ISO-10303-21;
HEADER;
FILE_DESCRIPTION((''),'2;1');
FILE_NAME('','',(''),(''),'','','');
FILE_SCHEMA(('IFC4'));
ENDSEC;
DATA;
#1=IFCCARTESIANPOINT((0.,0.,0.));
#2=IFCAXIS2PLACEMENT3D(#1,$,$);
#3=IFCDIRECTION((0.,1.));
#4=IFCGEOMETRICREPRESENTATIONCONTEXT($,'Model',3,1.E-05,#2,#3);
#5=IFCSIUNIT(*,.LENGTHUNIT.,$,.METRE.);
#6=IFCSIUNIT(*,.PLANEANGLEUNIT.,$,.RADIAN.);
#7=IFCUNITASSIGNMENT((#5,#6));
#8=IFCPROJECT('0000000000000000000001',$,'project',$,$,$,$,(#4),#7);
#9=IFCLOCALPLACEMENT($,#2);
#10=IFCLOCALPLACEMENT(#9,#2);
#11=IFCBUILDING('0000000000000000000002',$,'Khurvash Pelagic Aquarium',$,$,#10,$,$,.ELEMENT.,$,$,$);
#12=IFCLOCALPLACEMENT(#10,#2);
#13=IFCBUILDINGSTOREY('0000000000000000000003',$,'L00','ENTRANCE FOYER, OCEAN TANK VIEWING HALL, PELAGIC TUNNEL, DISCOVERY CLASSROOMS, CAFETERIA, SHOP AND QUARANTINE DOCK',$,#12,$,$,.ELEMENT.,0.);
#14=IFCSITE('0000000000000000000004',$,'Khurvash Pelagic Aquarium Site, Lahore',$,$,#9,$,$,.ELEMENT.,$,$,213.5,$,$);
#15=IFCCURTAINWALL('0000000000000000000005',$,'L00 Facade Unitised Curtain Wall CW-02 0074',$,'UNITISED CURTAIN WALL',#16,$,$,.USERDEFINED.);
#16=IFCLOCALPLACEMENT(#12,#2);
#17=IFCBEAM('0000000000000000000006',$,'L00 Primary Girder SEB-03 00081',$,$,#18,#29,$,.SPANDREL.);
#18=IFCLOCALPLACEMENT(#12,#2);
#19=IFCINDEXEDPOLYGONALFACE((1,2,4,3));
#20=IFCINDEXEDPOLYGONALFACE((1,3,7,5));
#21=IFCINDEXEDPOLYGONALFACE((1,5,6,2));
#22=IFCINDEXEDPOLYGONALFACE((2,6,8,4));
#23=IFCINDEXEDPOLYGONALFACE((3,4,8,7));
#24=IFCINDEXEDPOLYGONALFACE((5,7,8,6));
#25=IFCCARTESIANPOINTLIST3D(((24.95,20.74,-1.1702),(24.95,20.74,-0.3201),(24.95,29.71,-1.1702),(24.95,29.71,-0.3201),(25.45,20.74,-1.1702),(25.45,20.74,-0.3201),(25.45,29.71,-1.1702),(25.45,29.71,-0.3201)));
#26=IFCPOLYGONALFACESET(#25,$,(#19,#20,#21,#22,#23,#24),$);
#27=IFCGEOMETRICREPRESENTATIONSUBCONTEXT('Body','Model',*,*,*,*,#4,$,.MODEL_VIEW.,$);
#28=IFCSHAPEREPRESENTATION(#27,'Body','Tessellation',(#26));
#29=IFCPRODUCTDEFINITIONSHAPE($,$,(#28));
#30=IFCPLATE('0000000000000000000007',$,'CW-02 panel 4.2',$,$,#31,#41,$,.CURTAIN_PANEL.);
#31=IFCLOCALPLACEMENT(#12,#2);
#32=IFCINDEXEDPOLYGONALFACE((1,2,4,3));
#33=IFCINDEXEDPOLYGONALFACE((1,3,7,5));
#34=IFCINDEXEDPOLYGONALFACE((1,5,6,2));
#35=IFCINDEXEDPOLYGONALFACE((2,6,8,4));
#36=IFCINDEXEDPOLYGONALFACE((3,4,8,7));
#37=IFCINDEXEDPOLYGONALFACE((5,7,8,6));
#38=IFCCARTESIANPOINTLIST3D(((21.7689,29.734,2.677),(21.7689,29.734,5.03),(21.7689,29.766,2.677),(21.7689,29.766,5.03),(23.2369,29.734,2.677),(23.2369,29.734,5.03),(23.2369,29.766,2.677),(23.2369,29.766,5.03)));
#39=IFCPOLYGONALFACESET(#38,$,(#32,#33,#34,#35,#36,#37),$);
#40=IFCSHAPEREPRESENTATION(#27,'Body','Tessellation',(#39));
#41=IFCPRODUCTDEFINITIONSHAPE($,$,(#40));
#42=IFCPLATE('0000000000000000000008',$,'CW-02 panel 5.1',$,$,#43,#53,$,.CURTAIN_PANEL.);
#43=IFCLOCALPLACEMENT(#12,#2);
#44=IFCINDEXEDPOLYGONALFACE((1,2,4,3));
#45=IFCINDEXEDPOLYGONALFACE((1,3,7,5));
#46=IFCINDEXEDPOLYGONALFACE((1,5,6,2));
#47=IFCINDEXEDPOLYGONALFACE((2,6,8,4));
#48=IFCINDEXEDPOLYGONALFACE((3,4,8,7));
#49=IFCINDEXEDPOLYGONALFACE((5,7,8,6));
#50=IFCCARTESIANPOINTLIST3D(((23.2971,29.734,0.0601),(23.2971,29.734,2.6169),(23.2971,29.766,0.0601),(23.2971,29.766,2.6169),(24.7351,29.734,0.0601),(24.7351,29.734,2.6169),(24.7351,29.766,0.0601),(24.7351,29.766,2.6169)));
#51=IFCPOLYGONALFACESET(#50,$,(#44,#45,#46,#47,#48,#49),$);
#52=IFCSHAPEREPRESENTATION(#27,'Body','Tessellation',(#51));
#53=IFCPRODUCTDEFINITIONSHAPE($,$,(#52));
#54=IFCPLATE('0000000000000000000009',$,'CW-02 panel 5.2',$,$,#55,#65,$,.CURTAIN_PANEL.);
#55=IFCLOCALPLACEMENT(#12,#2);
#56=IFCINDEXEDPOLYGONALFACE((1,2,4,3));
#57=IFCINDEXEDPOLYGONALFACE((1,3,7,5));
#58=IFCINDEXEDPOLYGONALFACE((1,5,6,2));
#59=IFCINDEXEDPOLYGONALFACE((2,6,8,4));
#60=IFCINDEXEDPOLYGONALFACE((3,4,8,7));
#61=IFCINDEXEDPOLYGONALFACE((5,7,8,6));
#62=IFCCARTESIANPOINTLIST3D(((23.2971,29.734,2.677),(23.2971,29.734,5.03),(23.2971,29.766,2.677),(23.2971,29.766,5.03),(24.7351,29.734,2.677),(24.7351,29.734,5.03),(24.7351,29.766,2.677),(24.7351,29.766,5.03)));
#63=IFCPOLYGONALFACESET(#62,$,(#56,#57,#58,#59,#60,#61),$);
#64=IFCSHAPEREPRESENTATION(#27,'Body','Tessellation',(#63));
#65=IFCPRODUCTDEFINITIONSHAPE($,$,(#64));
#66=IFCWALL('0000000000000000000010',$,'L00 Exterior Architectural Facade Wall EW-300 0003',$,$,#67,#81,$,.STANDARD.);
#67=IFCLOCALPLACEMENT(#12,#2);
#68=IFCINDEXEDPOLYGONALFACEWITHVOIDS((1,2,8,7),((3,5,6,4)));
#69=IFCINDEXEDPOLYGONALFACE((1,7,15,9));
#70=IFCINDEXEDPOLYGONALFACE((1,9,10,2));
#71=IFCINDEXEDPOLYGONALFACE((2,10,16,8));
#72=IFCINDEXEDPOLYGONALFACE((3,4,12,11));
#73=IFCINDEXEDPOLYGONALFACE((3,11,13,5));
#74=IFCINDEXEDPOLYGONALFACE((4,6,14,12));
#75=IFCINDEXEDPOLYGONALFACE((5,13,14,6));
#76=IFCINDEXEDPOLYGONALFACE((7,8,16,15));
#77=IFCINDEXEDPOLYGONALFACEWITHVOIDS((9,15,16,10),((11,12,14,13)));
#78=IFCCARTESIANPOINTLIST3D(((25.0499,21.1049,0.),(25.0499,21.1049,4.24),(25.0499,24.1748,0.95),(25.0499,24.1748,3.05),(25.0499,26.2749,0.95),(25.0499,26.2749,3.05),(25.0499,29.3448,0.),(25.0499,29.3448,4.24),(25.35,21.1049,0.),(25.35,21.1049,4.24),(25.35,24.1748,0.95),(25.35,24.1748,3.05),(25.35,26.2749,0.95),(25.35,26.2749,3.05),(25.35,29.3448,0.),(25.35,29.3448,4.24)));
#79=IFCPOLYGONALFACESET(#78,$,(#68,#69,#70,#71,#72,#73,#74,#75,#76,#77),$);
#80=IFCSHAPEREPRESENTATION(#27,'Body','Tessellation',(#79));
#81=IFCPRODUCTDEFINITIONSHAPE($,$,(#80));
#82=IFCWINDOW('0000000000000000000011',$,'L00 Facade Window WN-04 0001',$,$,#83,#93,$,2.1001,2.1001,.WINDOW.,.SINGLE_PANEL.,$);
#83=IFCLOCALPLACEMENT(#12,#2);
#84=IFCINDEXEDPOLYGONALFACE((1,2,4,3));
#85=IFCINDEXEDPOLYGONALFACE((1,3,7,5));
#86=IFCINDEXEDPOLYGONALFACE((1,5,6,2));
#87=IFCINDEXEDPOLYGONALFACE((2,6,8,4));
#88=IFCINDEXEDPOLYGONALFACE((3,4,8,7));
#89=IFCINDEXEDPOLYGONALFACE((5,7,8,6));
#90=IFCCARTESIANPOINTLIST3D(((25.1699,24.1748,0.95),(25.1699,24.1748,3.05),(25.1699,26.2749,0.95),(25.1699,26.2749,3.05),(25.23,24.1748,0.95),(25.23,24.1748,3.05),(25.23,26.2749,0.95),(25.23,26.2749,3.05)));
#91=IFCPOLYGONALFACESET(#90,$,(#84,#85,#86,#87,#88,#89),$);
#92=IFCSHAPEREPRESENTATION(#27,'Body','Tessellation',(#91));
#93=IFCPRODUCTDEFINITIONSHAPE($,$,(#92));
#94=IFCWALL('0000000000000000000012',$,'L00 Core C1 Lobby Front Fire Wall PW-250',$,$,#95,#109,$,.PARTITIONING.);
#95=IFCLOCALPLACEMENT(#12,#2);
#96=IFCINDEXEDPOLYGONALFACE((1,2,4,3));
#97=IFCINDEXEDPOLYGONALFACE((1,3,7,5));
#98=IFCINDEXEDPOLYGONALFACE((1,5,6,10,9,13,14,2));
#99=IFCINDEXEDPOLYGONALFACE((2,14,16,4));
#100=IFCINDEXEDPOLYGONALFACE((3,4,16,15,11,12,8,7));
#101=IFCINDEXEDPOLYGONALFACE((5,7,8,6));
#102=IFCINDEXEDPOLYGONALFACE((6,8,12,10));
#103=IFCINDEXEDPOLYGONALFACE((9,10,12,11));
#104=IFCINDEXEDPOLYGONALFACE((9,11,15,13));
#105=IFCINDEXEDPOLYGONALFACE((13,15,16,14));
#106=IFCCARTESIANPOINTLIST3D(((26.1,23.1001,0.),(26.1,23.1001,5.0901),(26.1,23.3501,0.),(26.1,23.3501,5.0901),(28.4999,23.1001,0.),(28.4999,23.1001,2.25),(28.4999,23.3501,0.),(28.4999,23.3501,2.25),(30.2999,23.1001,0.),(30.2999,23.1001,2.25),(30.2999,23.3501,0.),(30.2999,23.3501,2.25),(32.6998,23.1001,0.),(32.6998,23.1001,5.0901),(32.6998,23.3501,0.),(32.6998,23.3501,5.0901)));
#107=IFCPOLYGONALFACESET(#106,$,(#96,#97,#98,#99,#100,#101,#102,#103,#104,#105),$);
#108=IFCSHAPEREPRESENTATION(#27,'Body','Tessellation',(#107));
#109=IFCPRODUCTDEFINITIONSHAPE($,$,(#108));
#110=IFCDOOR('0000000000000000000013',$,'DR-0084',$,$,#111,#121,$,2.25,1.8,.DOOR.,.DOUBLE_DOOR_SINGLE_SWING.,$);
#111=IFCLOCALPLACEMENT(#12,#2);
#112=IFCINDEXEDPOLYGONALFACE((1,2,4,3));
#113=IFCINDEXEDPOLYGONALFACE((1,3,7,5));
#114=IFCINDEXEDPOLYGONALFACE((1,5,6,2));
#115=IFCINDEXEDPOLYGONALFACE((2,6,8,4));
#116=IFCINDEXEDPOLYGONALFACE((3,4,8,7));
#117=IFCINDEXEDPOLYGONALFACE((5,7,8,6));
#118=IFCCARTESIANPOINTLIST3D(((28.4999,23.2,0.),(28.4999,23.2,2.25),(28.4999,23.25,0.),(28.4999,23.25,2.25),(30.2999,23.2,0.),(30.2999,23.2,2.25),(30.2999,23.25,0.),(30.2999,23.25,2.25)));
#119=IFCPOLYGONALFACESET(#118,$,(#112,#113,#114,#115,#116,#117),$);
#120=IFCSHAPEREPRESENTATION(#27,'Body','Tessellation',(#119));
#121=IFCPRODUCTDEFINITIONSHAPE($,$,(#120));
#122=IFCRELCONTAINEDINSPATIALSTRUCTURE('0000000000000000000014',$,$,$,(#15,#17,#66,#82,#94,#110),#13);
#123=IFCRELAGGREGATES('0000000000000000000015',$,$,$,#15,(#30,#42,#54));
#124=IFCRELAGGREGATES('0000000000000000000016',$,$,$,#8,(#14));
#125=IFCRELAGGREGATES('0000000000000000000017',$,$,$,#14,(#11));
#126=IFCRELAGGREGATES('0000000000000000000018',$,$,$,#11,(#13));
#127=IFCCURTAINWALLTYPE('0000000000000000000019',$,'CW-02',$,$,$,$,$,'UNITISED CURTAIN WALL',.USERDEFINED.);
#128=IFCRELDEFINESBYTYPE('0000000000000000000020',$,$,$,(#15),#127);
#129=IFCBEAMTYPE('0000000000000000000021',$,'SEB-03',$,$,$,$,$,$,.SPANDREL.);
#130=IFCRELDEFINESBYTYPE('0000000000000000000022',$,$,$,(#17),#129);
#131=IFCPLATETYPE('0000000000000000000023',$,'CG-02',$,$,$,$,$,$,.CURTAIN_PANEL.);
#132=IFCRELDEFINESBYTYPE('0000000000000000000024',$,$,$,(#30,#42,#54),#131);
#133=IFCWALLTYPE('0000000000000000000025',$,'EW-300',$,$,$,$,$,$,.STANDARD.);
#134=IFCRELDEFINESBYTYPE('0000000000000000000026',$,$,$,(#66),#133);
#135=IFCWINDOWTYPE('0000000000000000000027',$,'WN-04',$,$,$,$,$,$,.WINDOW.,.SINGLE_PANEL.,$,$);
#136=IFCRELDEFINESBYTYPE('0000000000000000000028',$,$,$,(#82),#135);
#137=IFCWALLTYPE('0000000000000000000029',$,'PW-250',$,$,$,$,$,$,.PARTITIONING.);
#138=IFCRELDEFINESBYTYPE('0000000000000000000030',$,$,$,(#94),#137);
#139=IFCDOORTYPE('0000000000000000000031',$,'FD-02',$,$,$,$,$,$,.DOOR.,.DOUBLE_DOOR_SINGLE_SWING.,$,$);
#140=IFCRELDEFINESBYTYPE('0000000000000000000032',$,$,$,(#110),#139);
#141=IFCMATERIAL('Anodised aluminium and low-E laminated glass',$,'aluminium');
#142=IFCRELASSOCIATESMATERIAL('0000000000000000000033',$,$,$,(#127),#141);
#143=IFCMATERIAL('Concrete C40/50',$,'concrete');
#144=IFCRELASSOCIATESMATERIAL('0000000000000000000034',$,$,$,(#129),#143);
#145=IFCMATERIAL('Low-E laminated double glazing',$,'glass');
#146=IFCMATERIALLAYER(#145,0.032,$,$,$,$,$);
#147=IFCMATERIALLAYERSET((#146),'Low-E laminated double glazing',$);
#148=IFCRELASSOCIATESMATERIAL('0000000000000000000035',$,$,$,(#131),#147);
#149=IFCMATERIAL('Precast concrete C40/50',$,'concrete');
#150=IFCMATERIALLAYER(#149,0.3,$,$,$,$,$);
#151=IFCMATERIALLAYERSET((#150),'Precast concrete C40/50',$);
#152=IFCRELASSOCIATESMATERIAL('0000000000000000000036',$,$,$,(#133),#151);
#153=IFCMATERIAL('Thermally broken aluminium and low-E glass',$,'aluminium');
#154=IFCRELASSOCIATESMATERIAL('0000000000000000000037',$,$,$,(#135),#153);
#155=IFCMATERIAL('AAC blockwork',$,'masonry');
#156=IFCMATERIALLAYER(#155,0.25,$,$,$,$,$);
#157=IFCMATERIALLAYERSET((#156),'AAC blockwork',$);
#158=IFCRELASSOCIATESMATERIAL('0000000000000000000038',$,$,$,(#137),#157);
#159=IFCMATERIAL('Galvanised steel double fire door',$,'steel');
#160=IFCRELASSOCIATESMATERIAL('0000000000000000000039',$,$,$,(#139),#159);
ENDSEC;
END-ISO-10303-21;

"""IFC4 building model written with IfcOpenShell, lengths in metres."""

from ifc_helpers import new_model, si_unit, direction, frame, frame_2d, origin, origin_2d, place, context, subcontext, project, spatial, rectangle, extrude, material, layer, layer_set, material_profile, profile_set, type_object, element, fill, aggregate, save


model = new_model("IFC4")

# Units and contexts
model_context = context("Model", 3, precision=1e-05, world=origin(), true_north=direction((0.0, 1.0)))
body_context = subcontext(model_context, "Body", "Model", "MODEL_VIEW")
ifc_project = project(units=[si_unit("LENGTHUNIT", "METRE"), si_unit("PLANEANGLEUNIT", "RADIAN")], contexts=[model_context])

# Site, building, storey
site_placement = place(None, origin())
site = spatial("IfcSite", under=ifc_project, at=site_placement, Name="Khurvash Pelagic Aquarium Site, Lahore", CompositionType="ELEMENT", RefElevation=213.5)
building_placement = place(site_placement, origin())
building = spatial("IfcBuilding", under=site, at=building_placement, Name="Khurvash Pelagic Aquarium", CompositionType="ELEMENT")
storey_placement = place(building_placement, origin())
storey = spatial("IfcBuildingStorey", under=building, at=storey_placement, Name="L00", Description="ENTRANCE FOYER, OCEAN TANK VIEWING HALL, PELAGIC TUNNEL, DISCOVERY CLASSROOMS, CAFETERIA, SHOP AND QUARANTINE DOCK", CompositionType="ELEMENT", Elevation=0.0)

# Shared definitions
ifc_material_1 = material(Name="Concrete C40/50", Category="concrete")

# Curtain wall
ifc_material_2 = material(Name="Anodised aluminium and low-E laminated glass", Category="aluminium")
curtain_wall_type = type_object("IfcCurtainWallType", Name="CW-02", ElementType="UNITISED CURTAIN WALL", PredefinedType="USERDEFINED", material=ifc_material_2)
curtain_wall_placement = place(storey_placement, origin())
curtain_wall = element("IfcCurtainWall", 1, at=curtain_wall_placement, inside=storey, type_object=curtain_wall_type, Name="L00 Facade Unitised Curtain Wall CW-02 0074", ObjectType="UNITISED CURTAIN WALL", PredefinedType="USERDEFINED")

# Beam
ifc_material_profile_1 = material_profile(ifc_material_1, rectangle(XDim=0.5, YDim=0.8501, at=origin_2d()), Name="RC500X850")
ifc_profile_set_1 = profile_set([ifc_material_profile_1], Name="Concrete C40/50")
beam_type_1 = type_object("IfcBeamType", Name="SEB-03", PredefinedType="SPANDREL", material=ifc_profile_set_1)
beam_1_placement = place(storey_placement, frame((25.2, 20.74, -0.7451), z_axis=(0.0, 1.0, 0.0), x_axis=(-1.0, 0.0, 0.0)))
element("IfcBeam", 2, at=beam_1_placement, inside=storey, type_object=beam_type_1, Name="L00 Primary Girder SEB-03 00081", PredefinedType="SPANDREL", context=body_context, shape_type="SweptSolid", body=[
    extrude(rectangle(XDim=0.5, YDim=0.8501, at=origin_2d()), origin(), (0.0, 0.0, 1.0), 8.97),
])

# Plates
ifc_material_3 = material(Name="Low-E laminated double glazing", Category="glass")
ifc_layer_1 = layer(ifc_material_3, 0.032)
ifc_layer_set_1 = layer_set([ifc_layer_1], Name="Low-E laminated double glazing")
plate_type = type_object("IfcPlateType", Name="CG-02", PredefinedType="CURTAIN_PANEL", material=ifc_layer_set_1)
plate_1_placement = place(storey_placement, frame((22.5029, 29.75, 2.677), z_axis=(0.0, 0.0, 1.0), x_axis=(1.0, 0.0, 0.0)))
plate_1 = element("IfcPlate", 3, at=plate_1_placement, type_object=plate_type, Name="CW-02 panel 4.2", PredefinedType="CURTAIN_PANEL", context=body_context, shape_type="SweptSolid", body=[
    extrude(rectangle(XDim=1.468, YDim=0.032, at=origin_2d()), origin(), (0.0, 0.0, 1.0), 2.353),
])
plate_2_placement = place(storey_placement, frame((24.0161, 29.75, 0.0601), z_axis=(0.0, 0.0, 1.0), x_axis=(1.0, 0.0, 0.0)))
plate_2 = element("IfcPlate", 4, at=plate_2_placement, type_object=plate_type, Name="CW-02 panel 5.1", PredefinedType="CURTAIN_PANEL", context=body_context, shape_type="SweptSolid", body=[
    extrude(rectangle(XDim=1.438, YDim=0.032, at=origin_2d()), origin(), (0.0, 0.0, 1.0), 2.5569),
])
plate_3_placement = place(storey_placement, frame((24.0161, 29.75, 2.677), z_axis=(0.0, 0.0, 1.0), x_axis=(1.0, 0.0, 0.0)))
plate_3 = element("IfcPlate", 5, at=plate_3_placement, type_object=plate_type, Name="CW-02 panel 5.2", PredefinedType="CURTAIN_PANEL", context=body_context, shape_type="SweptSolid", body=[
    extrude(rectangle(XDim=1.438, YDim=0.032, at=origin_2d()), origin(), (0.0, 0.0, 1.0), 2.353),
])
aggregate(curtain_wall, [plate_1, plate_2, plate_3])

# Wall, opening, window
ifc_material_4 = material(Name="Precast concrete C40/50", Category="concrete")
ifc_layer_2 = layer(ifc_material_4, 0.3)
ifc_layer_set_2 = layer_set([ifc_layer_2], Name="Precast concrete C40/50")
wall_type_1 = type_object("IfcWallType", Name="EW-300", PredefinedType="STANDARD", material=ifc_layer_set_2)
wall_1_placement = place(storey_placement, frame((25.2, 29.345, 0.0), z_axis=(0.0, 0.0, 1.0), x_axis=(0.0, -1.0, 0.0)))
wall_1 = element("IfcWall", 6, at=wall_1_placement, inside=storey, type_object=wall_type_1, Name="L00 Exterior Architectural Facade Wall EW-300 0003", PredefinedType="STANDARD", context=body_context, shape_type="SweptSolid", body=[
    extrude(rectangle(XDim=8.24, YDim=0.3, at=frame_2d((4.1201, 0.0))), origin(), (0.0, 0.0, 1.0), 4.24),
])
opening_1_placement = place(wall_1_placement, frame((3.0701, 0.0, 0.95)))
opening_1 = element("IfcOpeningElement", 7, at=opening_1_placement, cuts=wall_1, PredefinedType="OPENING", context=body_context, shape_type="SweptSolid", body=[
    extrude(rectangle(XDim=2.1001, YDim=2.1001, at=frame_2d((1.05, 1.05))), frame((0.0, 0.1602, 0.0), z_axis=(0.0, -1.0, 0.0), x_axis=(1.0, 0.0, 0.0)), (0.0, 0.0, 1.0), 0.3201),
])
ifc_material_5 = material(Name="Thermally broken aluminium and low-E glass", Category="aluminium")
window_type = type_object("IfcWindowType", Name="WN-04", PartitioningType="SINGLE_PANEL", PredefinedType="WINDOW", material=ifc_material_5)
window_placement = place(opening_1_placement, origin())
window = element("IfcWindow", 8, at=window_placement, inside=storey, type_object=window_type, Name="L00 Facade Window WN-04 0001", OverallHeight=2.1001, OverallWidth=2.1001, PartitioningType="SINGLE_PANEL", PredefinedType="WINDOW", context=body_context, shape_type="SweptSolid", body=[
    extrude(rectangle(XDim=2.1001, YDim=2.1001, at=frame_2d((1.05, 1.05))), frame((0.0, 0.03, 0.0), z_axis=(0.0, -1.0, 0.0), x_axis=(1.0, 0.0, 0.0)), (0.0, 0.0, 1.0), 0.0601),
])
fill(opening_1, window)

# Wall, opening, door
ifc_material_6 = material(Name="AAC blockwork", Category="masonry")
ifc_layer_3 = layer(ifc_material_6, 0.25)
ifc_layer_set_3 = layer_set([ifc_layer_3], Name="AAC blockwork")
wall_type_2 = type_object("IfcWallType", Name="PW-250", PredefinedType="PARTITIONING", material=ifc_layer_set_3)
wall_2_placement = place(storey_placement, frame((26.1001, 23.2251, 0.0), z_axis=(0.0, 0.0, 1.0), x_axis=(1.0, 0.0, 0.0)))
wall_2 = element("IfcWall", 9, at=wall_2_placement, inside=storey, type_object=wall_type_2, Name="L00 Core C1 Lobby Front Fire Wall PW-250", PredefinedType="PARTITIONING", context=body_context, shape_type="SweptSolid", body=[
    extrude(rectangle(XDim=6.5999, YDim=0.25, at=frame_2d((3.2998, 0.0))), origin(), (0.0, 0.0, 1.0), 5.0901),
])
opening_2_placement = place(wall_2_placement, frame((2.3999, 0.0, 0.0)))
opening_2 = element("IfcOpeningElement", 10, at=opening_2_placement, cuts=wall_2, PredefinedType="OPENING", context=body_context, shape_type="SweptSolid", body=[
    extrude(rectangle(XDim=1.8, YDim=2.25, at=frame_2d((0.8999, 1.125))), frame((0.0, 0.135, 0.0), z_axis=(0.0, -1.0, 0.0), x_axis=(1.0, 0.0, 0.0)), (0.0, 0.0, 1.0), 0.27),
])
ifc_material_7 = material(Name="Galvanised steel double fire door", Category="steel")
door_type = type_object("IfcDoorType", Name="FD-02", OperationType="DOUBLE_DOOR_SINGLE_SWING", PredefinedType="DOOR", material=ifc_material_7)
door_placement = place(opening_2_placement, origin())
door = element("IfcDoor", 11, at=door_placement, inside=storey, type_object=door_type, Name="DR-0084", OperationType="DOUBLE_DOOR_SINGLE_SWING", OverallHeight=2.25, OverallWidth=1.8, PredefinedType="DOOR", context=body_context, shape_type="SweptSolid", body=[
    extrude(rectangle(XDim=1.8, YDim=2.25, at=frame_2d((0.8999, 1.125))), frame((0.0, 0.0249, 0.0), z_axis=(0.0, -1.0, 0.0), x_axis=(1.0, 0.0, 0.0)), (0.0, 0.0, 1.0), 0.05),
])
fill(opening_2, door)

save(model, "model.ifc")
